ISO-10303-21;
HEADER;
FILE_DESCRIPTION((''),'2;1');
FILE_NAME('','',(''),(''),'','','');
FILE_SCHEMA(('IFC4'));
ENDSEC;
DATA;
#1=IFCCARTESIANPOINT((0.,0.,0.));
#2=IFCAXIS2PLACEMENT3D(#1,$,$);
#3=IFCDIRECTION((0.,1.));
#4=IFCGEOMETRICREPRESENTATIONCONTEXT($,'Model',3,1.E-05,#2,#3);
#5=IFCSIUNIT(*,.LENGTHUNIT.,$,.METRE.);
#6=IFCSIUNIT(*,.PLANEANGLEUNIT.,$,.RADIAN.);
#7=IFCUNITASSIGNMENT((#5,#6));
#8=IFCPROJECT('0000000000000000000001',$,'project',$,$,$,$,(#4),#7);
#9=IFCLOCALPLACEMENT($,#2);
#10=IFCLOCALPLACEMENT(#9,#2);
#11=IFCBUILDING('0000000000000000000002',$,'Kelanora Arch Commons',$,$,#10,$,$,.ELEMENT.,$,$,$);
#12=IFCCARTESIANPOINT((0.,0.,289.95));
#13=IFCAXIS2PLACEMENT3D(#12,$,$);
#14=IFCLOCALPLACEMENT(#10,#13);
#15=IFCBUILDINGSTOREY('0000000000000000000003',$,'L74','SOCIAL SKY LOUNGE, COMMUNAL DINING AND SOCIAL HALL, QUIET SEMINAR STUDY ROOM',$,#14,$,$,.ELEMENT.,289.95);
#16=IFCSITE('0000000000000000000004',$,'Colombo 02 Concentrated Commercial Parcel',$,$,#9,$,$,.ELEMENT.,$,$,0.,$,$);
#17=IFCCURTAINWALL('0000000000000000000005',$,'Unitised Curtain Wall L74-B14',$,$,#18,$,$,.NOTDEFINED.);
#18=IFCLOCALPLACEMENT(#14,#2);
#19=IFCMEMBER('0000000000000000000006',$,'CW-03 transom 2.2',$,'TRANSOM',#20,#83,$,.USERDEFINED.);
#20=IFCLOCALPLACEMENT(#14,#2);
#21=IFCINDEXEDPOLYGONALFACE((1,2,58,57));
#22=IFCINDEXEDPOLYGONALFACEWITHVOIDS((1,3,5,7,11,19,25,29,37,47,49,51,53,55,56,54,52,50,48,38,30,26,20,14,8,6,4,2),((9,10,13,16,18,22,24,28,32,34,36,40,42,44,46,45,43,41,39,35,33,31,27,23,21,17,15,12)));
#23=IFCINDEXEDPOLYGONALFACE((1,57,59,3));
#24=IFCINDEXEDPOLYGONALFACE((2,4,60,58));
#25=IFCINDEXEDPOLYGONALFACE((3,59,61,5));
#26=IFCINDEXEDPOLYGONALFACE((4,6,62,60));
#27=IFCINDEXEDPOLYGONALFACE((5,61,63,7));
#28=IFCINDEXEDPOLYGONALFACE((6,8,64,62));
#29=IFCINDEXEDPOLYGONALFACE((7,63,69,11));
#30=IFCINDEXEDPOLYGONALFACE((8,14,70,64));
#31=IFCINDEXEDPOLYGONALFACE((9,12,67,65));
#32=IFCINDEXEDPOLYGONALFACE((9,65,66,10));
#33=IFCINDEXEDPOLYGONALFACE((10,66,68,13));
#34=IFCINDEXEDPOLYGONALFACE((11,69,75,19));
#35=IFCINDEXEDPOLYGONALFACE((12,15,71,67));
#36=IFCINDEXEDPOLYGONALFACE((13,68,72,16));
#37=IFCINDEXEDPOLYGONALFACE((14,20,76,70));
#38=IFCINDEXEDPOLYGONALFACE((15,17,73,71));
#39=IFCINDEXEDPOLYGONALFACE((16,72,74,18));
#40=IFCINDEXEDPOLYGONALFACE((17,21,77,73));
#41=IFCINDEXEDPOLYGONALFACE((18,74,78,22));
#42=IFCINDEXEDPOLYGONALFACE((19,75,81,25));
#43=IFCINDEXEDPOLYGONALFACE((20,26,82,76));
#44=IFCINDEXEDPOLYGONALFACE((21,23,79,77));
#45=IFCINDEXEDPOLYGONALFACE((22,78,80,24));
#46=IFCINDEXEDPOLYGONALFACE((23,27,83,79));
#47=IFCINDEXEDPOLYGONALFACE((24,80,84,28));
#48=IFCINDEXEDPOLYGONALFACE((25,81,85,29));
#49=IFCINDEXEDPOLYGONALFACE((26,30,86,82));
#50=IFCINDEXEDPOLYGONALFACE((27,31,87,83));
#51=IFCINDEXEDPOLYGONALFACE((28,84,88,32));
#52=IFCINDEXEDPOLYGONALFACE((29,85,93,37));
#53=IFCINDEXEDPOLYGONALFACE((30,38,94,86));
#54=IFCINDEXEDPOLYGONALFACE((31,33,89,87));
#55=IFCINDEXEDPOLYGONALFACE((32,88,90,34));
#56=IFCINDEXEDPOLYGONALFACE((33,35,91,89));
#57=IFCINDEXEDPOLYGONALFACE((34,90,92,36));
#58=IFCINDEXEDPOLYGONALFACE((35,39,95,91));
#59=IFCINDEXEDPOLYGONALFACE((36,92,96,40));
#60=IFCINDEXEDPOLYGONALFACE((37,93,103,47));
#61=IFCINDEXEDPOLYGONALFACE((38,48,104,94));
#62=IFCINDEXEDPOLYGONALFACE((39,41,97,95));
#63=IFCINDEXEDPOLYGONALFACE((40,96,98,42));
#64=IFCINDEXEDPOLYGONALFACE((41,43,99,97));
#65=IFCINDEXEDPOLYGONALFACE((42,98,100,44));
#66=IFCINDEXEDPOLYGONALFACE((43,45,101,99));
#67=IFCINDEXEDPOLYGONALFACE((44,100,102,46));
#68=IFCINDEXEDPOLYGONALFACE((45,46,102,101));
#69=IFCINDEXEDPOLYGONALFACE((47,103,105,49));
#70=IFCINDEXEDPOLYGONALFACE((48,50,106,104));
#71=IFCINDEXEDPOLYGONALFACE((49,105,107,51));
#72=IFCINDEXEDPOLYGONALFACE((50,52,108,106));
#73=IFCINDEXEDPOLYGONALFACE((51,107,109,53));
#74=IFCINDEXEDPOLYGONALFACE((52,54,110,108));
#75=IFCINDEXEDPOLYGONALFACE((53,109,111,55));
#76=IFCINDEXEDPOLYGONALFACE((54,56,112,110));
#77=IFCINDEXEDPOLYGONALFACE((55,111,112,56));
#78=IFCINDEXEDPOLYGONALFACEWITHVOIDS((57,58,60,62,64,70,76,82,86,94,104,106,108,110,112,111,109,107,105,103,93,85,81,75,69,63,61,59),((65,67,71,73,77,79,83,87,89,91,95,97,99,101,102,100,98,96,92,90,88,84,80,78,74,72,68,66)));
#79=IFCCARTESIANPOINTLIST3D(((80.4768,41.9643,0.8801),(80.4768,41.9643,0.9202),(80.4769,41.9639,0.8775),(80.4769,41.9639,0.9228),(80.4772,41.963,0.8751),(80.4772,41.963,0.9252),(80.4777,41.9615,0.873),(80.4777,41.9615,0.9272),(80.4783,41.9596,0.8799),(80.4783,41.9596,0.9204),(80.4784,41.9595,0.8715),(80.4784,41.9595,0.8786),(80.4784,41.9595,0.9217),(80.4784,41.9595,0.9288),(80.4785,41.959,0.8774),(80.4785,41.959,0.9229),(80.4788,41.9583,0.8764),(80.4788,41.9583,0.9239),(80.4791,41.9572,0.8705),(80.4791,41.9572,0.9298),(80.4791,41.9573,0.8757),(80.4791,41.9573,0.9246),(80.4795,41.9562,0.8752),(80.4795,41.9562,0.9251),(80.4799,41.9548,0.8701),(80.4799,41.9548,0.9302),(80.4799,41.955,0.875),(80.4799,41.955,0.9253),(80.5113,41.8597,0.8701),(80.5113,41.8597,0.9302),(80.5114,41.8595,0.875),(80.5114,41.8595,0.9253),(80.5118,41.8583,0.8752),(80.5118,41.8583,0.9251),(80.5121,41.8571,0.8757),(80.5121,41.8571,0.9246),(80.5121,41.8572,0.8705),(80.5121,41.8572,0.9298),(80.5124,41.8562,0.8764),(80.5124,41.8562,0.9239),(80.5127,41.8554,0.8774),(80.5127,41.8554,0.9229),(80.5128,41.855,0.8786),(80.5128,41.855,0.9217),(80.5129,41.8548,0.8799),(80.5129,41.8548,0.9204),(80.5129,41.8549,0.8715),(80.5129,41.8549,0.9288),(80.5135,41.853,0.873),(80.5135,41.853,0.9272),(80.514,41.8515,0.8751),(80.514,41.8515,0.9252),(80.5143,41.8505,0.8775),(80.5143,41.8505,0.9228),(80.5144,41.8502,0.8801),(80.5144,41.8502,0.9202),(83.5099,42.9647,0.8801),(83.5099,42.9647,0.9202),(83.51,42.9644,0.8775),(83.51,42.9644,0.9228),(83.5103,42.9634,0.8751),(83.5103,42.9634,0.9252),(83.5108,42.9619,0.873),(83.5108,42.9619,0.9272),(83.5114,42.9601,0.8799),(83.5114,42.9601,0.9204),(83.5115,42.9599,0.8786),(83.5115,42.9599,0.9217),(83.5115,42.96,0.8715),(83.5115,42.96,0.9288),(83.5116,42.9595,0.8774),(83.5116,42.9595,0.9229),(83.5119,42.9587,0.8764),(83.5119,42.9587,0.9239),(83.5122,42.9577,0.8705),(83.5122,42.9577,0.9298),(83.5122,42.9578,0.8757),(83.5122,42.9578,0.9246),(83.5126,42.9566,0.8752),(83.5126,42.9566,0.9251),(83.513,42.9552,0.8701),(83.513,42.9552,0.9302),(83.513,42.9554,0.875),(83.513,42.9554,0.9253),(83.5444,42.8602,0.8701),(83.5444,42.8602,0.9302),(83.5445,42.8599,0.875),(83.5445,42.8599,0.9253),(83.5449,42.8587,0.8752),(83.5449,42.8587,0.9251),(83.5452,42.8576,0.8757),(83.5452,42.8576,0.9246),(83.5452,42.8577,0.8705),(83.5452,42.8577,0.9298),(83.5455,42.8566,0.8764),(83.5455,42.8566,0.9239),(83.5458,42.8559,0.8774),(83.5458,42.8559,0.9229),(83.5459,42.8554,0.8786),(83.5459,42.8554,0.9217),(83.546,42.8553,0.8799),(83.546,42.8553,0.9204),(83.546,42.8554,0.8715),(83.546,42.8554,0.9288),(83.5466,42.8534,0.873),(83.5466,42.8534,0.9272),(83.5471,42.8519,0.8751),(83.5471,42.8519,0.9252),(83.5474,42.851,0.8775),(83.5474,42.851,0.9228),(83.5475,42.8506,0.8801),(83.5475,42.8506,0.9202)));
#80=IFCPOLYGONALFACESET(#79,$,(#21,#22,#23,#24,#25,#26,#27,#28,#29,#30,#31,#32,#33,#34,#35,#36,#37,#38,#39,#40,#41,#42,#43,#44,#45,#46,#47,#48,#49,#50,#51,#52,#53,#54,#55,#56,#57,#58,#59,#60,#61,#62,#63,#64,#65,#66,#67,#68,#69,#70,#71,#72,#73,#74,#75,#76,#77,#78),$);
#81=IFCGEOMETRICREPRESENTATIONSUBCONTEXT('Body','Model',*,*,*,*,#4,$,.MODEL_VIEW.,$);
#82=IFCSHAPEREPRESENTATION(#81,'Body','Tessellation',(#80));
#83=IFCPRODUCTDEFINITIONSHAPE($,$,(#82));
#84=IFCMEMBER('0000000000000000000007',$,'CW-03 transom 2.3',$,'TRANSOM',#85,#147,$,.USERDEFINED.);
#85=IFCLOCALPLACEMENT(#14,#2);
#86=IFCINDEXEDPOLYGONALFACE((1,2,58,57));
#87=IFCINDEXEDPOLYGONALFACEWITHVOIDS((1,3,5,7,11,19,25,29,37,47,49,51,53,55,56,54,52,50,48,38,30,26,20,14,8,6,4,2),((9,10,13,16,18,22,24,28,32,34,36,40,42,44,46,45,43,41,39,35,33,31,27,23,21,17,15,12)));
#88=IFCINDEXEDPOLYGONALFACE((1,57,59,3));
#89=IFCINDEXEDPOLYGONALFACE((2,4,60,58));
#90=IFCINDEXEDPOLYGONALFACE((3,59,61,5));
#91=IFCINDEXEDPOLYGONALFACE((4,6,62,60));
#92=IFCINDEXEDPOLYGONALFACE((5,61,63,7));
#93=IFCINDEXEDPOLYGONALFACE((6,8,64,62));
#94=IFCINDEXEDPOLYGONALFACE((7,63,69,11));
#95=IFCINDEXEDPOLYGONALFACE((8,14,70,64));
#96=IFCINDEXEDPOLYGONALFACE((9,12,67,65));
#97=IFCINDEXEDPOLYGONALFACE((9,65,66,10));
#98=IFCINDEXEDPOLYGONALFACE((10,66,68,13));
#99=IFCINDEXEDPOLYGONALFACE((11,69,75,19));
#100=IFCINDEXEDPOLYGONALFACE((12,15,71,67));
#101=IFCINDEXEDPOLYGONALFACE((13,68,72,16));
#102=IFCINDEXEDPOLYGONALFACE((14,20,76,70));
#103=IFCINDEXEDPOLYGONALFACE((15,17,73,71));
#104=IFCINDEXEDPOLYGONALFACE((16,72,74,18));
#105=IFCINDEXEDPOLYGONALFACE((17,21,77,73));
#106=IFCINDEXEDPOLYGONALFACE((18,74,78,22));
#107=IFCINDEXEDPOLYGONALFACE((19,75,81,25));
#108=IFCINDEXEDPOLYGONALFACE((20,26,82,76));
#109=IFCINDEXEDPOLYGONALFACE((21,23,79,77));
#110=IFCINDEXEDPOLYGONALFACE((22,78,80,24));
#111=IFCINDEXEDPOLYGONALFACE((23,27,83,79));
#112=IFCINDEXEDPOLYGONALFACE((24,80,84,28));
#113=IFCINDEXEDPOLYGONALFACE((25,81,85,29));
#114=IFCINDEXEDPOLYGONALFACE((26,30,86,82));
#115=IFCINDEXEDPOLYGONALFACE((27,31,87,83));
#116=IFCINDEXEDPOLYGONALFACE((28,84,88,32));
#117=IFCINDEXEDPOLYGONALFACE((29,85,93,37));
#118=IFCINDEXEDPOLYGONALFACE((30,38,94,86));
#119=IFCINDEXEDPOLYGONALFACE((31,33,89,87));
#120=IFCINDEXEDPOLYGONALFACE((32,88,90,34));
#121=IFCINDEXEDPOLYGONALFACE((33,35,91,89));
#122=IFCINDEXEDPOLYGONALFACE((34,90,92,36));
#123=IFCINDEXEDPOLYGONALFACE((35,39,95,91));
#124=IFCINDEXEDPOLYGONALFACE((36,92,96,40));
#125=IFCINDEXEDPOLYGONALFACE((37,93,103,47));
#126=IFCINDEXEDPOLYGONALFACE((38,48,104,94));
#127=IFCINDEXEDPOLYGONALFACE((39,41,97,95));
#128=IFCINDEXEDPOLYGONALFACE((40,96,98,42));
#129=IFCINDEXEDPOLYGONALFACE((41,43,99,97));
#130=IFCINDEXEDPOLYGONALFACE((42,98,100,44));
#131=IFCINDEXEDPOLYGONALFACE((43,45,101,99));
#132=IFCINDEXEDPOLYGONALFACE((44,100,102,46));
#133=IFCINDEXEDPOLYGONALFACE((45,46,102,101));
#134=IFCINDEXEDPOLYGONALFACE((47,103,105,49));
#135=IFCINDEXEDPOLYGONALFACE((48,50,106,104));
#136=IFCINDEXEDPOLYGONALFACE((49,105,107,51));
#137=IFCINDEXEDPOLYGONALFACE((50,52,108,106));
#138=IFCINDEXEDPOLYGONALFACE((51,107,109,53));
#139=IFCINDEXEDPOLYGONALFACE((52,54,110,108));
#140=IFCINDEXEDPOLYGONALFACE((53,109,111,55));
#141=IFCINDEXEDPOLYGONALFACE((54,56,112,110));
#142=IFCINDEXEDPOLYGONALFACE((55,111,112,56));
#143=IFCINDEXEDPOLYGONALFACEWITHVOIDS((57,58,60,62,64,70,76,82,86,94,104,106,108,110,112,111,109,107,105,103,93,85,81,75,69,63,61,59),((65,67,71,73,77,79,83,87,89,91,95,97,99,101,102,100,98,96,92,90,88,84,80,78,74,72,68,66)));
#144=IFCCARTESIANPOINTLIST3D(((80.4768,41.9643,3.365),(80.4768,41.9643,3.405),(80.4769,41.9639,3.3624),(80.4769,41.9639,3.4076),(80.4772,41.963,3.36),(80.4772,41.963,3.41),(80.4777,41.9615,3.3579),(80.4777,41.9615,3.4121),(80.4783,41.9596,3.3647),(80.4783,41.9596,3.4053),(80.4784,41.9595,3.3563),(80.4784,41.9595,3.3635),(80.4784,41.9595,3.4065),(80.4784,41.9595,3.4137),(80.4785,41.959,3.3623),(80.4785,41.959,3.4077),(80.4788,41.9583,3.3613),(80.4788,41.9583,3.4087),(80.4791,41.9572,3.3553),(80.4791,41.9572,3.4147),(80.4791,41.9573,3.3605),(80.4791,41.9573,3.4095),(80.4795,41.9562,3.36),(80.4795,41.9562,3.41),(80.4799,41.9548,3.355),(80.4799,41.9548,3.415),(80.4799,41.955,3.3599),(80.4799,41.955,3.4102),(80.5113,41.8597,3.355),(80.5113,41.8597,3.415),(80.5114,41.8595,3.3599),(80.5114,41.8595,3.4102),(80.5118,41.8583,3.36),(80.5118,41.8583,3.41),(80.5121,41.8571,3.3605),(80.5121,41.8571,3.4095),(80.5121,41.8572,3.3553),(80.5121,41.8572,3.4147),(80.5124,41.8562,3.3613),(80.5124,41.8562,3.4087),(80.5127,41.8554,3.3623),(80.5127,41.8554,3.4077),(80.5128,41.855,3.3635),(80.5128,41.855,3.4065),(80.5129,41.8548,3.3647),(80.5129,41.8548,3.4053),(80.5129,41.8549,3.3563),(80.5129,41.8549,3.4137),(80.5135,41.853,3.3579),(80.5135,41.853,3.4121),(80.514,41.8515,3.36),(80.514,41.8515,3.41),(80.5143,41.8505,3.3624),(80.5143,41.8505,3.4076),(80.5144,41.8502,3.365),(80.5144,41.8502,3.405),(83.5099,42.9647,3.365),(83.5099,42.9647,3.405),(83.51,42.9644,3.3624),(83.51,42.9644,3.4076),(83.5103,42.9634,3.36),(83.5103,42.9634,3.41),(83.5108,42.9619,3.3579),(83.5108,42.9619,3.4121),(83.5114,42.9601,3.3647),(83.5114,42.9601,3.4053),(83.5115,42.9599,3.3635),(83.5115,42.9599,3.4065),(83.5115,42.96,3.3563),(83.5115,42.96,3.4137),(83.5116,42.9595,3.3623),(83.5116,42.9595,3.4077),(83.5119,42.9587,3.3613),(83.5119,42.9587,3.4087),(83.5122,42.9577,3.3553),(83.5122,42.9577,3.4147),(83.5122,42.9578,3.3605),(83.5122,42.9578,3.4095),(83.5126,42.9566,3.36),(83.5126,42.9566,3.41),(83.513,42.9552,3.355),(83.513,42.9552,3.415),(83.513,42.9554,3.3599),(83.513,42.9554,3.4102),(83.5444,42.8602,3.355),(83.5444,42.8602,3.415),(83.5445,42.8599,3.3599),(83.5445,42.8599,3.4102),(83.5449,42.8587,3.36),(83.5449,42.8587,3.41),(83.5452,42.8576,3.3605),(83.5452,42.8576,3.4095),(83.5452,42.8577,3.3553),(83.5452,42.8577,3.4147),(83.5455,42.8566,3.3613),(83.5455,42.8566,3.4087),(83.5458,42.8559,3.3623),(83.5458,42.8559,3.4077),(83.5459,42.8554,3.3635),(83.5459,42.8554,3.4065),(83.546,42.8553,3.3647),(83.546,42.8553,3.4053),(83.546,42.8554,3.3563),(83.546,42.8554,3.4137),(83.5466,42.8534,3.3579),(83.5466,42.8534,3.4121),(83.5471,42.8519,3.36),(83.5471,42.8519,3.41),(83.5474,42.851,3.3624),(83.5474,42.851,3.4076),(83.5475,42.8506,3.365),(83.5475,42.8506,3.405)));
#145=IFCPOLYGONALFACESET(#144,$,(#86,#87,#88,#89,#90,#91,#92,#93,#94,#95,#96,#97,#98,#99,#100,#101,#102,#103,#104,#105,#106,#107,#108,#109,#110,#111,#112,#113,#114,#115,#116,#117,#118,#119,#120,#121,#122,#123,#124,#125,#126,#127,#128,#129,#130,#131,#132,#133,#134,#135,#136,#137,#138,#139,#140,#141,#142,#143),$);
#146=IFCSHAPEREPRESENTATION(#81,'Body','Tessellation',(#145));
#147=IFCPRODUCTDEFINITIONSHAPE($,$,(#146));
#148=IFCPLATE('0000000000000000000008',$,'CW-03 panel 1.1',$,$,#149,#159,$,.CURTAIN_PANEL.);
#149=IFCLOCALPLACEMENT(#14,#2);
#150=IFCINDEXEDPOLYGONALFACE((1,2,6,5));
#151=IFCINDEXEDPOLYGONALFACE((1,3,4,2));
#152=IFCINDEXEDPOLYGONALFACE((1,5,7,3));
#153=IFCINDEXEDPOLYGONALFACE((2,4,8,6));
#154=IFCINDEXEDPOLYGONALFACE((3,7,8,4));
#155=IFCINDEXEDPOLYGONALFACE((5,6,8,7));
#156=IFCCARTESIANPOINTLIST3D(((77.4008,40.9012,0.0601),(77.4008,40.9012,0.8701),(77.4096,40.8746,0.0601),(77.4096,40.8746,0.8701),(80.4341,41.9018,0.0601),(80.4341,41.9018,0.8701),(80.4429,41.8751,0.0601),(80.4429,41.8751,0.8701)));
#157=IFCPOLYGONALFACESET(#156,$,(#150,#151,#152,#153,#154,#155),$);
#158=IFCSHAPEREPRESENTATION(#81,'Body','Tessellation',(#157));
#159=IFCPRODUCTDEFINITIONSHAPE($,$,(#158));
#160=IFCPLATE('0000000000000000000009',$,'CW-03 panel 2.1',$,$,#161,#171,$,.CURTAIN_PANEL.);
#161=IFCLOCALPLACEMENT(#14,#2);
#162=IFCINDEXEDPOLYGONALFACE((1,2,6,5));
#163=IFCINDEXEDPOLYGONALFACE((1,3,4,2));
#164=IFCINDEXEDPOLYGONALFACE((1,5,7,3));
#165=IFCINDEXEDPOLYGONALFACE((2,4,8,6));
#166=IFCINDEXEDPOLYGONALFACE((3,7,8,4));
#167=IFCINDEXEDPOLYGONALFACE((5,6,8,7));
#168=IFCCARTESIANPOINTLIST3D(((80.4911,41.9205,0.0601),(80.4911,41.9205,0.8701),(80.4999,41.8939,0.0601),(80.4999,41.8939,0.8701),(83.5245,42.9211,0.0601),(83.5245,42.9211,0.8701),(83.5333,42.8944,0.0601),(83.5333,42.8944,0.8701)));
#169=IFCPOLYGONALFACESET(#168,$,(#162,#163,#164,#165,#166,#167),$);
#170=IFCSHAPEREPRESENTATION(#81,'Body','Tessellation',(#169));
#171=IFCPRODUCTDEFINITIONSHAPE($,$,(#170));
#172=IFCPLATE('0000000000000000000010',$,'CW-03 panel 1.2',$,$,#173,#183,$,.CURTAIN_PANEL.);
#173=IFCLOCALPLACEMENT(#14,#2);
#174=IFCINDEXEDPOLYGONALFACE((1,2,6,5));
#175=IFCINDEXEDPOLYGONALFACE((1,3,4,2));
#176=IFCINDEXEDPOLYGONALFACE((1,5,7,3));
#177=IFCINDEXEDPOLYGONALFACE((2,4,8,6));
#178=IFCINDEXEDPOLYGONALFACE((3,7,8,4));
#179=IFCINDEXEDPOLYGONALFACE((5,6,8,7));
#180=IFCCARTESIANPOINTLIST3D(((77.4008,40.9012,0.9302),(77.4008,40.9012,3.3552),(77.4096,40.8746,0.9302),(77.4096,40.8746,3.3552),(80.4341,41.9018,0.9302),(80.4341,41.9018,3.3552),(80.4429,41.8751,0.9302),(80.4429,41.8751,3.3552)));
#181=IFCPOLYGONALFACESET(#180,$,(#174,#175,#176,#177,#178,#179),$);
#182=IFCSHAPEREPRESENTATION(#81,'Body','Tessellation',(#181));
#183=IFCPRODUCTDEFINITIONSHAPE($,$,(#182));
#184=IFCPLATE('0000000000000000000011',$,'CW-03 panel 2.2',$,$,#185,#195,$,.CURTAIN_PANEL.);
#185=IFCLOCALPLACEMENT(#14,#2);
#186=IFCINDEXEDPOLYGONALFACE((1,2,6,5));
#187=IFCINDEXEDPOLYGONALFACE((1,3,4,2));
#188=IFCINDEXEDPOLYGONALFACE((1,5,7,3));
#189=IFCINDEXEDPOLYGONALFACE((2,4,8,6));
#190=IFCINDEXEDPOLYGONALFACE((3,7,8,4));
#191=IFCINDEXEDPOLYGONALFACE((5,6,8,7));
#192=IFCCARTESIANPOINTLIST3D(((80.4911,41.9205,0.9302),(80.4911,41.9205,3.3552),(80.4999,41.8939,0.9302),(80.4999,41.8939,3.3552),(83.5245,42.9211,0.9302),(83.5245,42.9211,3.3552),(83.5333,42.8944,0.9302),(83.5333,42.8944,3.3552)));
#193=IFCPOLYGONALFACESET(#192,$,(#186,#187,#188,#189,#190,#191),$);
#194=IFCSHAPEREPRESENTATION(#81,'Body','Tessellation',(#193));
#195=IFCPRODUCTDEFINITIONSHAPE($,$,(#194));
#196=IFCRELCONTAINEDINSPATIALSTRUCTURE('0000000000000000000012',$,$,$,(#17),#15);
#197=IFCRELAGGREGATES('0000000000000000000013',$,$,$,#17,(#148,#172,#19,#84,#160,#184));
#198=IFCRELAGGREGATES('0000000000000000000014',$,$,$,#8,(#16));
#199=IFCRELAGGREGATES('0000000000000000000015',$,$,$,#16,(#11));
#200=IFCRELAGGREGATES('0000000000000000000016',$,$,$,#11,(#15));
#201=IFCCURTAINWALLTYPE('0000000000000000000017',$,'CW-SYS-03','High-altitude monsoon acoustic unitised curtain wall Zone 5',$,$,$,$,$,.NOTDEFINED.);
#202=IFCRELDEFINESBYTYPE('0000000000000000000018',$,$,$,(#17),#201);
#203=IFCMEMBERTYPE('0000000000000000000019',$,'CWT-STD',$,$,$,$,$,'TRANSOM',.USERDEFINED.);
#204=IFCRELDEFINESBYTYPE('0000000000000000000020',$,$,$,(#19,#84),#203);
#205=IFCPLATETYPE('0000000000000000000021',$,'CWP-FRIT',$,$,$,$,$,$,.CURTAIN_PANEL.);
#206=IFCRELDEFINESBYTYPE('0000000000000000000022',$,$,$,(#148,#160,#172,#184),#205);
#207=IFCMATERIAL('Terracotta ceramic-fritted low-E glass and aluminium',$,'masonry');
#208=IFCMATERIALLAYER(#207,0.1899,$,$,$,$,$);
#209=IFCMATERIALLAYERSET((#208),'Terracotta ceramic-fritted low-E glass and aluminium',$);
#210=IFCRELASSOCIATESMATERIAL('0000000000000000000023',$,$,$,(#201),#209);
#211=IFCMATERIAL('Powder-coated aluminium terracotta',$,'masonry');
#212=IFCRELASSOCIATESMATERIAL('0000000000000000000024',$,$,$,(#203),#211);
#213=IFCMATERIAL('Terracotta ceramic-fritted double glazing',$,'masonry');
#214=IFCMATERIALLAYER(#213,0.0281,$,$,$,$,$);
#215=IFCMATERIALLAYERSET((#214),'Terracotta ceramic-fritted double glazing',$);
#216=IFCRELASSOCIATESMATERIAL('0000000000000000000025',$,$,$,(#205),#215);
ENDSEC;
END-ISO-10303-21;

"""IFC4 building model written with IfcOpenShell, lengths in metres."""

from ifc_helpers import new_model, si_unit, direction, frame, origin, origin_2d, place, context, subcontext, project, spatial, rectangle, hollow_rectangle, extrude, source, transform, mapped, material, layer, layer_set, material_profile, profile_set, type_object, element, aggregate, save


model = new_model("IFC4")

# Units and contexts
model_context = context("Model", 3, precision=1e-05, world=origin(), true_north=direction((0.0, 1.0)))
body_context = subcontext(model_context, "Body", "Model", "MODEL_VIEW")
ifc_project = project(units=[si_unit("LENGTHUNIT", "METRE"), si_unit("PLANEANGLEUNIT", "RADIAN")], contexts=[model_context])

# Site, building, storey
site_placement = place(None, origin())
site = spatial("IfcSite", under=ifc_project, at=site_placement, Name="Colombo 02 Concentrated Commercial Parcel", CompositionType="ELEMENT", RefElevation=0.0)
building_placement = place(site_placement, origin())
building = spatial("IfcBuilding", under=site, at=building_placement, Name="Kelanora Arch Commons", CompositionType="ELEMENT")
storey_placement = place(building_placement, frame((0.0, 0.0, 289.95)))
storey = spatial("IfcBuildingStorey", under=building, at=storey_placement, Name="L74", Description="SOCIAL SKY LOUNGE, COMMUNAL DINING AND SOCIAL HALL, QUIET SEMINAR STUDY ROOM", CompositionType="ELEMENT", Elevation=289.95)

# Curtain wall, members, plates
ifc_material_1 = material(Name="Terracotta ceramic-fritted low-E glass and aluminium", Category="masonry")
ifc_layer_1 = layer(ifc_material_1, 0.1899)
ifc_layer_set_1 = layer_set([ifc_layer_1], Name="Terracotta ceramic-fritted low-E glass and aluminium")
curtain_wall_type = type_object("IfcCurtainWallType", Name="CW-SYS-03", Description="High-altitude monsoon acoustic unitised curtain wall Zone 5", PredefinedType="NOTDEFINED", material=ifc_layer_set_1)
curtain_wall_placement = place(storey_placement, origin())
curtain_wall = element("IfcCurtainWall", 1, at=curtain_wall_placement, inside=storey, type_object=curtain_wall_type, Name="Unitised Curtain Wall L74-B14", PredefinedType="NOTDEFINED")
ifc_material_2 = material(Name="Powder-coated aluminium terracotta", Category="masonry")
ifc_material_profile_1 = material_profile(ifc_material_2, hollow_rectangle(XDim=0.1201, YDim=0.0601, WallThickness=0.0049, InnerFilletRadius=0.0049, OuterFilletRadius=0.01, at=origin_2d()), Name="CWT120x60")
ifc_profile_set_1 = profile_set([ifc_material_profile_1], Name="Powder-coated aluminium terracotta")
member_type_1 = type_object("IfcMemberType", Name="CWT-STD", ElementType="TRANSOM", PredefinedType="USERDEFINED", material=ifc_profile_set_1)
member_1_placement = place(storey_placement, frame((80.4956, 41.9072, 0.9001), z_axis=(0.949672, 0.313245, 0.0), x_axis=(-0.313245, 0.949672, 0.0)))
member_1 = element("IfcMember", 2, at=member_1_placement, type_object=member_type_1, Name="CW-03 transom 2.2", ObjectType="TRANSOM", PredefinedType="USERDEFINED", context=body_context, shape_type="SweptSolid", body=[
    extrude(hollow_rectangle(XDim=0.1201, YDim=0.0601, WallThickness=0.0049, InnerFilletRadius=0.0049, OuterFilletRadius=0.01, at=origin_2d()), origin(), (0.0, 0.0, 1.0), 3.1938),
])
member_2_placement = place(storey_placement, frame((80.4956, 41.9072, 3.385), z_axis=(0.949672, 0.313245, 0.0), x_axis=(-0.313245, 0.949672, 0.0)))
member_2 = element("IfcMember", 3, at=member_2_placement, type_object=member_type_1, Name="CW-03 transom 2.3", ObjectType="TRANSOM", PredefinedType="USERDEFINED", context=body_context, shape_type="SweptSolid", body=[
    extrude(hollow_rectangle(XDim=0.1201, YDim=0.0601, WallThickness=0.0049, InnerFilletRadius=0.0049, OuterFilletRadius=0.01, at=origin_2d()), origin(), (0.0, 0.0, 1.0), 3.1938),
])
ifc_material_3 = material(Name="Terracotta ceramic-fritted double glazing", Category="masonry")
ifc_layer_2 = layer(ifc_material_3, 0.0281)
ifc_layer_set_2 = layer_set([ifc_layer_2], Name="Terracotta ceramic-fritted double glazing")
plate_type = type_object("IfcPlateType", Name="CWP-FRIT", PredefinedType="CURTAIN_PANEL", material=ifc_layer_set_2)
shared_shape_1 = source(origin(), body_context, "Body", "SweptSolid", [
    extrude(rectangle(XDim=3.1941, YDim=0.0281, at=origin_2d()), origin(), (0.0, 0.0, 1.0), 0.8101),
])
plate_1_placement = place(storey_placement, frame((78.9219, 41.3882, 0.0601), z_axis=(0.0, 0.0, 1.0), x_axis=(0.94967, 0.313253, 0.0)))
plate_1 = element("IfcPlate", 4, at=plate_1_placement, type_object=plate_type, Name="CW-03 panel 1.1", PredefinedType="CURTAIN_PANEL", context=body_context, shape_type="MappedRepresentation", body=[
    mapped(shared_shape_1, transform((0.0, 0.0, 0.0), scale=1.0)),
])
plate_2_placement = place(storey_placement, frame((82.0122, 42.4075, 0.0601), z_axis=(0.0, 0.0, 1.0), x_axis=(0.94967, 0.313253, 0.0)))
plate_2 = element("IfcPlate", 5, at=plate_2_placement, type_object=plate_type, Name="CW-03 panel 2.1", PredefinedType="CURTAIN_PANEL", context=body_context, shape_type="MappedRepresentation", body=[
    mapped(shared_shape_1, transform((0.0, 0.0, 0.0), scale=1.0)),
])
shared_shape_2 = source(origin(), body_context, "Body", "SweptSolid", [
    extrude(rectangle(XDim=3.1941, YDim=0.0281, at=origin_2d()), origin(), (0.0, 0.0, 1.0), 2.425),
])
plate_3_placement = place(storey_placement, frame((78.9219, 41.3882, 0.9302), z_axis=(0.0, 0.0, 1.0), x_axis=(0.94967, 0.313253, 0.0)))
plate_3 = element("IfcPlate", 6, at=plate_3_placement, type_object=plate_type, Name="CW-03 panel 1.2", PredefinedType="CURTAIN_PANEL", context=body_context, shape_type="MappedRepresentation", body=[
    mapped(shared_shape_2, transform((0.0, 0.0, 0.0), scale=1.0)),
])
plate_4_placement = place(storey_placement, frame((82.0122, 42.4075, 0.9302), z_axis=(0.0, 0.0, 1.0), x_axis=(0.94967, 0.313253, 0.0)))
plate_4 = element("IfcPlate", 7, at=plate_4_placement, type_object=plate_type, Name="CW-03 panel 2.2", PredefinedType="CURTAIN_PANEL", context=body_context, shape_type="MappedRepresentation", body=[
    mapped(shared_shape_2, transform((0.0, 0.0, 0.0), scale=1.0)),
])
aggregate(curtain_wall, [plate_1, plate_3, member_1, member_2, plate_2, plate_4])

save(model, "model.ifc")
